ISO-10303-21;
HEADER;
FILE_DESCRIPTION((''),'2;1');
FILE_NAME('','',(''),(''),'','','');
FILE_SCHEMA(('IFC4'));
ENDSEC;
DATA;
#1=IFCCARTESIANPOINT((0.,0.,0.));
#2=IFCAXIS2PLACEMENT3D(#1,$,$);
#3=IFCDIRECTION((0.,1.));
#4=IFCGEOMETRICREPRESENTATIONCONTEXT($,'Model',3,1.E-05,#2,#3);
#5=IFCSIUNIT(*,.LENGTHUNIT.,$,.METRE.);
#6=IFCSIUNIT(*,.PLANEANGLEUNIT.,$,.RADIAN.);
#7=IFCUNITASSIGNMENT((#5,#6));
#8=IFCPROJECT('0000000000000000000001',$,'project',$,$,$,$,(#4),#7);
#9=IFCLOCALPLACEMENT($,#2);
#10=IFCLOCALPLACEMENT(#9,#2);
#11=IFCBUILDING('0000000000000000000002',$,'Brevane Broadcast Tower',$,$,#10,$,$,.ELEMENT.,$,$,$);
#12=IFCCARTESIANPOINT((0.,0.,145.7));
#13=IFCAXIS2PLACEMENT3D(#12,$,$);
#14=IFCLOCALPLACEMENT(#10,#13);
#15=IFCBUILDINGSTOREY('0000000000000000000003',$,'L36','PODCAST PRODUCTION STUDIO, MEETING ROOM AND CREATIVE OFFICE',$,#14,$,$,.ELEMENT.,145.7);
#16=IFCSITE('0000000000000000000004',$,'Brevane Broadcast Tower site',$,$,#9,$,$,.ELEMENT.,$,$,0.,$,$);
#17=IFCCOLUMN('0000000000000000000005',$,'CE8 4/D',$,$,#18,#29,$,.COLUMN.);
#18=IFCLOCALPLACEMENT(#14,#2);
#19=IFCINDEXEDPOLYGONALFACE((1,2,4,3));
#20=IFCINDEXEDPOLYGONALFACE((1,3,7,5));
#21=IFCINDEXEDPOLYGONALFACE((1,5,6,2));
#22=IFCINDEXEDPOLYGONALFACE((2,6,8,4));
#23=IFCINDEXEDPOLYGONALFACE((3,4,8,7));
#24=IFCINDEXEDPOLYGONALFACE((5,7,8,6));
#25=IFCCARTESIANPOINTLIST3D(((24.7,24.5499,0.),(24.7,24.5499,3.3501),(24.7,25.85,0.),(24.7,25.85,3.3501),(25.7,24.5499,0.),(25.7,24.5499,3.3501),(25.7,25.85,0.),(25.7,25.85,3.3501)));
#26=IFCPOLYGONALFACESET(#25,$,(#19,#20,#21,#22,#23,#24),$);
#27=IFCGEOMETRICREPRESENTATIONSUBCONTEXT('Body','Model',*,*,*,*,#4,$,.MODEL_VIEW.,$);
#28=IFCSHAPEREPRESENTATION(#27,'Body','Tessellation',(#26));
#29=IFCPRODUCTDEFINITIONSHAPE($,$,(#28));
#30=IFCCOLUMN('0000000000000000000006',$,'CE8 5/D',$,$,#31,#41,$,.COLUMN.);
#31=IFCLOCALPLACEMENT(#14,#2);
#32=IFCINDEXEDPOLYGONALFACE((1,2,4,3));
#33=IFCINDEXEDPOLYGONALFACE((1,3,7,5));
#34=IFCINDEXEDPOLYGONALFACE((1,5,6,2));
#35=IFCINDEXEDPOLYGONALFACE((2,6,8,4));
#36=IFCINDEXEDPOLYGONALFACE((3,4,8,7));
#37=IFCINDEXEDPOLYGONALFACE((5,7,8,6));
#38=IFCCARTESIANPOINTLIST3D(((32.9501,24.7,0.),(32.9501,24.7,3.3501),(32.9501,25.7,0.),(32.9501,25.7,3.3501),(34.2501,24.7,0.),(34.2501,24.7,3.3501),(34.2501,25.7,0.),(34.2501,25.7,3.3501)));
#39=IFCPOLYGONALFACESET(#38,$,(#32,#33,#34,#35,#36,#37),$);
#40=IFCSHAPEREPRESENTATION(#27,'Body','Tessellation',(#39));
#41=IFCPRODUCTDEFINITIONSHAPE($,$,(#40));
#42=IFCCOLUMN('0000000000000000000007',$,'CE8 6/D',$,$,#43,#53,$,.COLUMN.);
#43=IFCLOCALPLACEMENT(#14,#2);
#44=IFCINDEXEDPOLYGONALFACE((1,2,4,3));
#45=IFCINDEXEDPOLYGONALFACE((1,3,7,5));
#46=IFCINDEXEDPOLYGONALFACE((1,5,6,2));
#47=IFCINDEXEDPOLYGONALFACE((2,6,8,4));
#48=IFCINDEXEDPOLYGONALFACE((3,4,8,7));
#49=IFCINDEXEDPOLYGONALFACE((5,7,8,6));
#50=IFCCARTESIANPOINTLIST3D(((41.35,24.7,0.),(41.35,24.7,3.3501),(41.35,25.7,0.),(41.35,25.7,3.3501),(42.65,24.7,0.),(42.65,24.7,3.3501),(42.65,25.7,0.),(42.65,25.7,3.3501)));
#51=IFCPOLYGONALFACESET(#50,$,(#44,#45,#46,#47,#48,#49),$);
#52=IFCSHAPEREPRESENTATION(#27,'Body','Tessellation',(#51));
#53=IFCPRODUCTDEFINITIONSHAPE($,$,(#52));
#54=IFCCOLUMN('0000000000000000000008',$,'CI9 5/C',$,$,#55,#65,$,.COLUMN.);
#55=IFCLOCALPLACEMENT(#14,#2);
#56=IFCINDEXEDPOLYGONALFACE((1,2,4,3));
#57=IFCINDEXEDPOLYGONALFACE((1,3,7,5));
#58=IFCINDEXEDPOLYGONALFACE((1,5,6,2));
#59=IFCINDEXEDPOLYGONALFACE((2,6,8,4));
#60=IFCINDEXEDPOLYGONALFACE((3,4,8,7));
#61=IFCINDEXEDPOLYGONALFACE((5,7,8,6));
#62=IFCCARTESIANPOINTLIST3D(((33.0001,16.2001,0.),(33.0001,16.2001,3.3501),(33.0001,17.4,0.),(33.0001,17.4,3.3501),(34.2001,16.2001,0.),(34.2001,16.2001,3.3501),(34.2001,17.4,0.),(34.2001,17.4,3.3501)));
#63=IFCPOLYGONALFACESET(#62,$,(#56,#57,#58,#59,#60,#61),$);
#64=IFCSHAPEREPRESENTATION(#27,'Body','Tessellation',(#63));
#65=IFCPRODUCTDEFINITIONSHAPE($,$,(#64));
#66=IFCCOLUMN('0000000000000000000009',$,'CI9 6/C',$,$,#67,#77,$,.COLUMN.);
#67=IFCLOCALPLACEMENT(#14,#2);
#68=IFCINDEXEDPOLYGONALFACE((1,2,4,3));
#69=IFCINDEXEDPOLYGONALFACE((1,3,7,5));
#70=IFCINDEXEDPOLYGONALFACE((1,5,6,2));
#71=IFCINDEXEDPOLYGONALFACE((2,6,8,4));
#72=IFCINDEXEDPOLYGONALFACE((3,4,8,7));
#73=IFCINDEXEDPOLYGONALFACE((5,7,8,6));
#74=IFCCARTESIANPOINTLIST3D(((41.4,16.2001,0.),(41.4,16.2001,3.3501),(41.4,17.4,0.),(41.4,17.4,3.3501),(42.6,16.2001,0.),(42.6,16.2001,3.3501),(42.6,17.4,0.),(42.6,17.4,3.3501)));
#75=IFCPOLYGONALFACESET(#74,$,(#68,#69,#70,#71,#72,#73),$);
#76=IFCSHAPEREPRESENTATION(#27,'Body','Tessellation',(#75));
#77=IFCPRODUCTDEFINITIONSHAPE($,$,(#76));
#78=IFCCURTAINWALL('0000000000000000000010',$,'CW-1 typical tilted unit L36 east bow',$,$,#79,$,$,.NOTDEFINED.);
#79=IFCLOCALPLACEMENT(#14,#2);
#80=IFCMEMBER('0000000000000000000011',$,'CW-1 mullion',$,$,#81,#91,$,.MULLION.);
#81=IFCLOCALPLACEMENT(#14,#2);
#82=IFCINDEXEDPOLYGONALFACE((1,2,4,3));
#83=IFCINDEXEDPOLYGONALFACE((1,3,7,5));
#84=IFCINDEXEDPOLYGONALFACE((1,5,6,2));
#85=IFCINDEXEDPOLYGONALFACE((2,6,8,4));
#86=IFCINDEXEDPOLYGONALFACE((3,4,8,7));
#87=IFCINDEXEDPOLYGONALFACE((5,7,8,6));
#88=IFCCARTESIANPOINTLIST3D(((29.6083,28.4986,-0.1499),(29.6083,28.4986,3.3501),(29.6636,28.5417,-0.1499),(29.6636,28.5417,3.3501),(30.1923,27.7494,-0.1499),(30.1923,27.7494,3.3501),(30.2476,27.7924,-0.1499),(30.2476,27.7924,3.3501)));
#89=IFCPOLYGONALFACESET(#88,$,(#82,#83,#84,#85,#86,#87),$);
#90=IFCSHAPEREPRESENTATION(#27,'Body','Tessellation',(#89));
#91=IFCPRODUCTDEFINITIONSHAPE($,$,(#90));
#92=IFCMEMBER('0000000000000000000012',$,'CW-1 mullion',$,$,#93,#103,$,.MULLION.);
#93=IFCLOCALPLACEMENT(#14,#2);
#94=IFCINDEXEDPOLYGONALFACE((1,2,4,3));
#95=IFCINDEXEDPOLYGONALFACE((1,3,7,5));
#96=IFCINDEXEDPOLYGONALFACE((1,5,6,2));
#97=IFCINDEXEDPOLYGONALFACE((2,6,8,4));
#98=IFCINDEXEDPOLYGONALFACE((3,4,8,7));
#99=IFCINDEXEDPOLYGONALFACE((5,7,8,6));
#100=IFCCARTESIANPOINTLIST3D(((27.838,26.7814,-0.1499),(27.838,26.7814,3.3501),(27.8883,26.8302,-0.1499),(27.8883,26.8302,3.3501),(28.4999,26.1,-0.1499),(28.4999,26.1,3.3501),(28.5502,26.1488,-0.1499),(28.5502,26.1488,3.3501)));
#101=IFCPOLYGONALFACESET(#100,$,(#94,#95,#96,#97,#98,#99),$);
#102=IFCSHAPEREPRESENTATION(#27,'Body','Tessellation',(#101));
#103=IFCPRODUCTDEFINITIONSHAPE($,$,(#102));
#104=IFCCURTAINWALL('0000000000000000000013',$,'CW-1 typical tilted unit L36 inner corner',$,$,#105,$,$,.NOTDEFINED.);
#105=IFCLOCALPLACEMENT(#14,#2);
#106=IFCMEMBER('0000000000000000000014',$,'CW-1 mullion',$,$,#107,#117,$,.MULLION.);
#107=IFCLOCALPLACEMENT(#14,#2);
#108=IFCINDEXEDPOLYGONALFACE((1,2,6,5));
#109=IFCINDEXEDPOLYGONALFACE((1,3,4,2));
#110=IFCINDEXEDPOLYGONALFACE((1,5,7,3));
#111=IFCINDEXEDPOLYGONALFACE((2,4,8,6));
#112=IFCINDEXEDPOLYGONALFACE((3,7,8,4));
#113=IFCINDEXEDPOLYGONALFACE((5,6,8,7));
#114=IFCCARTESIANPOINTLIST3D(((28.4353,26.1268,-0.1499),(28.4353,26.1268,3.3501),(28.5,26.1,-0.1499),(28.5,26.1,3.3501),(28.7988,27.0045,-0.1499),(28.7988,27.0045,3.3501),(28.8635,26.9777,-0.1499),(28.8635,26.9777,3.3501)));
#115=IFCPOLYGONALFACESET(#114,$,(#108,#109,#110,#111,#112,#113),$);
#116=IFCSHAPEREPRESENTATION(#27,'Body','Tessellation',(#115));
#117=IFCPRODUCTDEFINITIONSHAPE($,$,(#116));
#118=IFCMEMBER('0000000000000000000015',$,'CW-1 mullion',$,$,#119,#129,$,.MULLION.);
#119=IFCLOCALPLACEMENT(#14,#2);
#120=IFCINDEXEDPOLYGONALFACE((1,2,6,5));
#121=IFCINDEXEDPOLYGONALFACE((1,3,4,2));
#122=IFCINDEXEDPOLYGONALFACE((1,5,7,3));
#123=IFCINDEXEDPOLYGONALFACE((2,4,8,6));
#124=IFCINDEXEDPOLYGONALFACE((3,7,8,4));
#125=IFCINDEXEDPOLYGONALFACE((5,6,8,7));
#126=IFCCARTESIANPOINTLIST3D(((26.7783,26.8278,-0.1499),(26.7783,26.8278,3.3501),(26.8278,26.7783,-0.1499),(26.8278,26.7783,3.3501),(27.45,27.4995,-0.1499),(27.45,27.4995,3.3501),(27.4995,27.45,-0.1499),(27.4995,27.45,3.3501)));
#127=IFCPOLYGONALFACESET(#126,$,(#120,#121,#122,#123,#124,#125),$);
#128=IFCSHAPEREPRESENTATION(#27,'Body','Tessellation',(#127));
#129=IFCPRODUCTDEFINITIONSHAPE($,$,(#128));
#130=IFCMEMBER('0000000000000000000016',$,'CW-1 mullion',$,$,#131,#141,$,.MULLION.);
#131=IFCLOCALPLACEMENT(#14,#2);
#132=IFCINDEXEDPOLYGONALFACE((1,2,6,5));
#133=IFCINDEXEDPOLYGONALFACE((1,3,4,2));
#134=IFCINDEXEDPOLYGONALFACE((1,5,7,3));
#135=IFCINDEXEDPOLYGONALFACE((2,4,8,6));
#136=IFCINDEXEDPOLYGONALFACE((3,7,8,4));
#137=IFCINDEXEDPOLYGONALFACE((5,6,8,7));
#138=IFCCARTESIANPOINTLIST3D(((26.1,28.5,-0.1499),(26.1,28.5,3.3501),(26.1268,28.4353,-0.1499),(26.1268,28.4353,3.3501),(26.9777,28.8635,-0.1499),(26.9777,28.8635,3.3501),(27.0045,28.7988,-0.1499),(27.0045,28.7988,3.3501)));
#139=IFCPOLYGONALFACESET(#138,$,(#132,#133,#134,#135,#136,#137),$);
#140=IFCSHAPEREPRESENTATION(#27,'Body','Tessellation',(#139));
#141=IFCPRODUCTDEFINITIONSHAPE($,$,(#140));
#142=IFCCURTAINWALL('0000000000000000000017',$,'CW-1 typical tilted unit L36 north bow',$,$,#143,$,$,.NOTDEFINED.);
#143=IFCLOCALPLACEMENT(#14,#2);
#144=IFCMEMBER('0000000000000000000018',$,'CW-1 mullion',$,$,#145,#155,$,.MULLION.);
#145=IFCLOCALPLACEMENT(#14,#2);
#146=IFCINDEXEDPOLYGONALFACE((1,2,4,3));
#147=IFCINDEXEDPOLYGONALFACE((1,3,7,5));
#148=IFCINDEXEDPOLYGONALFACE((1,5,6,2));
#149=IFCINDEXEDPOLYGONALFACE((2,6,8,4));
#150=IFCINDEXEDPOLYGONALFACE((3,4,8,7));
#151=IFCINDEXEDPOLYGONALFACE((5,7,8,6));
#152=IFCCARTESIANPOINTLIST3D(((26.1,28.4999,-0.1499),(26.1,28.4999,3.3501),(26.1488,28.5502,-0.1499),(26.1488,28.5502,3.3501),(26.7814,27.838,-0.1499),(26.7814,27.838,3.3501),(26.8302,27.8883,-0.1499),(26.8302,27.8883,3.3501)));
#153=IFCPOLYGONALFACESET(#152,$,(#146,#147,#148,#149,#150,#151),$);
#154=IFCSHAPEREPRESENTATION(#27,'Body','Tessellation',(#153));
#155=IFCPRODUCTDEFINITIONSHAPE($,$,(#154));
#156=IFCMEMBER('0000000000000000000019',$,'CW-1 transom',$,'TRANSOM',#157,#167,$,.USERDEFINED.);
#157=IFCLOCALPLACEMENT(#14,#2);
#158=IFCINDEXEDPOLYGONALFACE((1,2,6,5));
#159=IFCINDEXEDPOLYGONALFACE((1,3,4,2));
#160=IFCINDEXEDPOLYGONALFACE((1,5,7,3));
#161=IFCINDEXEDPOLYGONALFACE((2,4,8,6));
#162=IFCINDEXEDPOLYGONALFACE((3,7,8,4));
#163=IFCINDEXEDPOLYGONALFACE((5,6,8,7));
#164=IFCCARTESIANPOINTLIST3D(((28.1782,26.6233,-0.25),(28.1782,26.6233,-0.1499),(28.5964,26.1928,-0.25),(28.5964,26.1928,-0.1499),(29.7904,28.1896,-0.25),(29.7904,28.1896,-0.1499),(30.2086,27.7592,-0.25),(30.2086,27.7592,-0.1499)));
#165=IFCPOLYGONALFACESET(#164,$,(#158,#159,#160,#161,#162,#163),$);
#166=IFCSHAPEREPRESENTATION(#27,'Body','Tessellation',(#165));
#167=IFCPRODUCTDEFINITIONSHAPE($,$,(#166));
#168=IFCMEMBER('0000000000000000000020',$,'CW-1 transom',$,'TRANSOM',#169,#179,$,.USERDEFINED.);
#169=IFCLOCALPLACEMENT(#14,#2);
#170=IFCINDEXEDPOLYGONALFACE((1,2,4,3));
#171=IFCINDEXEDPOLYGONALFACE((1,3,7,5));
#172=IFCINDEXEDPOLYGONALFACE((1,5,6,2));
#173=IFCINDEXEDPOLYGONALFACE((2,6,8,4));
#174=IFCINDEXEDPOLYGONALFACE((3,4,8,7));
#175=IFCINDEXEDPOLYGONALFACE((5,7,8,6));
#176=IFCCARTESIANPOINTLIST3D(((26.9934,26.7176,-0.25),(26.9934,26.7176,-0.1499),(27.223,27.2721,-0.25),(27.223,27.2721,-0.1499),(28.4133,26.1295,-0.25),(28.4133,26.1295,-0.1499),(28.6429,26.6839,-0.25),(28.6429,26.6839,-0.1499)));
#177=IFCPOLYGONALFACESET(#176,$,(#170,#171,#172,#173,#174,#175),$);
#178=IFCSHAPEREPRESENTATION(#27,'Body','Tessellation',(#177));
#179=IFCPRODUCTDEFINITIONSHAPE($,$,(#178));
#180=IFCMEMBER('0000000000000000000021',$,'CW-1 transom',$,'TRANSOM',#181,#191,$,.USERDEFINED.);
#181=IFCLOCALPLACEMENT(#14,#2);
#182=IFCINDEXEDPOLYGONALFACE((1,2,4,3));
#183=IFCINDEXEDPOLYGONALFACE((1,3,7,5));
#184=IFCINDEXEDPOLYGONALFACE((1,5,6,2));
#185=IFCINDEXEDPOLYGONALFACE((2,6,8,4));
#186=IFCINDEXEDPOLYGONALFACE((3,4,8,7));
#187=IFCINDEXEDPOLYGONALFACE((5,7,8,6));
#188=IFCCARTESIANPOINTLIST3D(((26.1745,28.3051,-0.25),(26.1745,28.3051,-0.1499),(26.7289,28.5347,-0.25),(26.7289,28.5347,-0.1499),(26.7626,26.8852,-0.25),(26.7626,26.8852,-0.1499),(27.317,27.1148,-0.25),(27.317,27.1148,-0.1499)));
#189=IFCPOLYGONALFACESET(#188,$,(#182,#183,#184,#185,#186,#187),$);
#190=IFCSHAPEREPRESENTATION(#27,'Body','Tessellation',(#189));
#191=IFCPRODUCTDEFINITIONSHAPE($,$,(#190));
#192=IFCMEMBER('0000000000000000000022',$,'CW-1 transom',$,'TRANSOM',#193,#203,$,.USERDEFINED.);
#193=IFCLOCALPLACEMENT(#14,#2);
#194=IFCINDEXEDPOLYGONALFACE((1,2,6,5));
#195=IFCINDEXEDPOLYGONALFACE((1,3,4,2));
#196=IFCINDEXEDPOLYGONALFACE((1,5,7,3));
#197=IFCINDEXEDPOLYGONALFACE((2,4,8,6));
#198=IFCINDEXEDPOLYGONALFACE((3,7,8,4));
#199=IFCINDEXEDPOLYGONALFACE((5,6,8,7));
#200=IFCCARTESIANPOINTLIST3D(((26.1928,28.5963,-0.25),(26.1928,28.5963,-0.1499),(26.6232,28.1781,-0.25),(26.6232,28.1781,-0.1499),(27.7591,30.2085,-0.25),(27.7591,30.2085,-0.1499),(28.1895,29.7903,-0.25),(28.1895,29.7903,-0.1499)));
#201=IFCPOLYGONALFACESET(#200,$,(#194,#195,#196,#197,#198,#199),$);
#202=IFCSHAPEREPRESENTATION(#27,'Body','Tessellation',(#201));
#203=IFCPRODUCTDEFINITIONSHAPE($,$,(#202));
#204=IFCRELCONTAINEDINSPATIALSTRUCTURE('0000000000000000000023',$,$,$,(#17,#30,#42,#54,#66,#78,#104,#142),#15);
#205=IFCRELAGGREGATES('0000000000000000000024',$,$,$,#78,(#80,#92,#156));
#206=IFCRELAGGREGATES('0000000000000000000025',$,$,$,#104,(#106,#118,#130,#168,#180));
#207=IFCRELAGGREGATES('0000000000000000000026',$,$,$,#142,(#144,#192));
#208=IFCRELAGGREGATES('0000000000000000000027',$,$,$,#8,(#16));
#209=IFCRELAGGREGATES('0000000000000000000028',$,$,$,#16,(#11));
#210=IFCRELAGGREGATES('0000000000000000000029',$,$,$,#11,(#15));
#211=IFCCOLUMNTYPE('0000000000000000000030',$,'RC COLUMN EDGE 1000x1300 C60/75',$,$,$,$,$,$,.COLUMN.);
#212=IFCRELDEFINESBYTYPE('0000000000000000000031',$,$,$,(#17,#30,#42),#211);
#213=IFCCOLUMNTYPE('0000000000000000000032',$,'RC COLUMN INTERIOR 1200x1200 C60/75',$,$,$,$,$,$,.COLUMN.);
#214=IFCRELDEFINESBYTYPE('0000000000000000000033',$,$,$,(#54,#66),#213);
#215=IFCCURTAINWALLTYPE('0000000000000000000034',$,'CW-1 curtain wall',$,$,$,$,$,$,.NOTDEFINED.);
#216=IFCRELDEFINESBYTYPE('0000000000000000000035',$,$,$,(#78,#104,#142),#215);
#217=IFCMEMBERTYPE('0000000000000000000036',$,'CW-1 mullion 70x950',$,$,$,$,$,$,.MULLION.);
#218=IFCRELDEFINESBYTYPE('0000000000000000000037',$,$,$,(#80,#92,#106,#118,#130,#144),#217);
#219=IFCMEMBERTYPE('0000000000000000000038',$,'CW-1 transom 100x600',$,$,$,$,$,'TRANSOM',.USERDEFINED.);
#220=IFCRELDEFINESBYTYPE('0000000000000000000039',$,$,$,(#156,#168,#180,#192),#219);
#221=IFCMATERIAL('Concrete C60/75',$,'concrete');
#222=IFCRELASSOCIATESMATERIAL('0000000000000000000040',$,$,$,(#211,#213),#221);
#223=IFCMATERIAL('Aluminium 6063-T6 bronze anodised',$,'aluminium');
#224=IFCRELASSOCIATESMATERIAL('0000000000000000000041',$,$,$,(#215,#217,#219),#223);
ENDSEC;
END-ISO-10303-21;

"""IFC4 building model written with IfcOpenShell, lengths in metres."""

from ifc_helpers import new_model, si_unit, direction, frame, origin, origin_2d, place, context, subcontext, project, spatial, rectangle, extrude, material, material_profile, profile_set, type_object, element, aggregate, save


model = new_model("IFC4")

# Units and contexts
model_context = context("Model", 3, precision=1e-05, world=origin(), true_north=direction((0.0, 1.0)))
body_context = subcontext(model_context, "Body", "Model", "MODEL_VIEW")
ifc_project = project(units=[si_unit("LENGTHUNIT", "METRE"), si_unit("PLANEANGLEUNIT", "RADIAN")], contexts=[model_context])

# Site, building, storey
site_placement = place(None, origin())
site = spatial("IfcSite", under=ifc_project, at=site_placement, Name="Brevane Broadcast Tower site", CompositionType="ELEMENT", RefElevation=0.0)
building_placement = place(site_placement, origin())
building = spatial("IfcBuilding", under=site, at=building_placement, Name="Brevane Broadcast Tower", CompositionType="ELEMENT")
storey_placement = place(building_placement, frame((0.0, 0.0, 145.7)))
storey = spatial("IfcBuildingStorey", under=building, at=storey_placement, Name="L36", Description="PODCAST PRODUCTION STUDIO, MEETING ROOM AND CREATIVE OFFICE", CompositionType="ELEMENT", Elevation=145.7)

# Columns
ifc_material_1 = material(Name="Concrete C60/75", Category="concrete")
ifc_material_profile_1 = material_profile(ifc_material_1, rectangle(XDim=1.0, YDim=1.3, at=origin_2d()), Name="RC 1000x1300")
ifc_profile_set_1 = profile_set([ifc_material_profile_1], Name="Concrete C60/75")
column_type_1 = type_object("IfcColumnType", Name="RC COLUMN EDGE 1000x1300 C60/75", PredefinedType="COLUMN", material=ifc_profile_set_1)
for number, where, z_axis, x_axis, name in (
    (1, (25.2, 25.2, 0.0), (0.0, 0.0, 1.0), (1.0, 0.0, 0.0), "CE8 4/D"),
    (2, (33.6001, 25.2, 0.0), (0.0, 0.0, 1.0), (0.0, 1.0, 0.0), "CE8 5/D"),
    (3, (42.0, 25.2, 0.0), (0.0, 0.0, 1.0), (0.0, 1.0, 0.0), "CE8 6/D"),
):
    element("IfcColumn", number, at=place(storey_placement, frame(where, z_axis=z_axis, x_axis=x_axis)), inside=storey, type_object=column_type_1, Name=name, PredefinedType="COLUMN", context=body_context, shape_type="SweptSolid", body=[
        extrude(rectangle(XDim=1.0, YDim=1.3, at=origin_2d()), origin(), (0.0, 0.0, 1.0), 3.3501),
    ])
ifc_material_profile_2 = material_profile(ifc_material_1, rectangle(XDim=1.2, YDim=1.2, at=origin_2d()), Name="RC 1200x1200")
ifc_profile_set_2 = profile_set([ifc_material_profile_2], Name="Concrete C60/75")
column_type_2 = type_object("IfcColumnType", Name="RC COLUMN INTERIOR 1200x1200 C60/75", PredefinedType="COLUMN", material=ifc_profile_set_2)
for number, where, z_axis, x_axis, name in (
    (4, (33.6001, 16.8, 0.0), (0.0, 0.0, 1.0), (1.0, 0.0, 0.0), "CI9 5/C"),
    (5, (42.0, 16.8, 0.0), (0.0, 0.0, 1.0), (1.0, 0.0, 0.0), "CI9 6/C"),
):
    element("IfcColumn", number, at=place(storey_placement, frame(where, z_axis=z_axis, x_axis=x_axis)), inside=storey, type_object=column_type_2, Name=name, PredefinedType="COLUMN", context=body_context, shape_type="SweptSolid", body=[
        extrude(rectangle(XDim=1.2, YDim=1.2, at=origin_2d()), origin(), (0.0, 0.0, 1.0), 3.3501),
    ])

# Curtain walls, members
ifc_material_2 = material(Name="Aluminium 6063-T6 bronze anodised", Category="aluminium")
curtain_wall_type = type_object("IfcCurtainWallType", Name="CW-1 curtain wall", PredefinedType="NOTDEFINED", material=ifc_material_2)
curtain_wall_1_placement = place(storey_placement, origin())
curtain_wall_1 = element("IfcCurtainWall", 6, at=curtain_wall_1_placement, inside=storey, type_object=curtain_wall_type, Name="CW-1 typical tilted unit L36 east bow", PredefinedType="NOTDEFINED")
ifc_material_profile_3 = material_profile(ifc_material_2, rectangle(XDim=0.95, YDim=0.0701, at=origin_2d()), Name="RECT 70x950")
ifc_profile_set_3 = profile_set([ifc_material_profile_3], Name="Aluminium 6063-T6 bronze anodised")
member_type_1 = type_object("IfcMemberType", Name="CW-1 mullion 70x950", PredefinedType="MULLION", material=ifc_profile_set_3)
member_1_placement = place(storey_placement, frame((29.928, 28.1455, -0.1499), z_axis=(0.0, 0.0, 1.0), x_axis=(0.61477, -0.788707, 0.0)))
member_1 = element("IfcMember", 7, at=member_1_placement, type_object=member_type_1, Name="CW-1 mullion", PredefinedType="MULLION", context=body_context, shape_type="SweptSolid", body=[
    extrude(rectangle(XDim=0.95, YDim=0.0701, at=origin_2d()), origin(), (0.0, 0.0, 1.0), 3.5),
])
member_2_placement = place(storey_placement, frame((28.1941, 26.4651, -0.1499), z_axis=(0.0, 0.0, 1.0), x_axis=(0.696812, -0.717254, 0.0)))
member_2 = element("IfcMember", 8, at=member_2_placement, type_object=member_type_1, Name="CW-1 mullion", PredefinedType="MULLION", context=body_context, shape_type="SweptSolid", body=[
    extrude(rectangle(XDim=0.95, YDim=0.0701, at=origin_2d()), origin(), (0.0, 0.0, 1.0), 3.5),
])
curtain_wall_2_placement = place(storey_placement, origin())
curtain_wall_2 = element("IfcCurtainWall", 9, at=curtain_wall_2_placement, inside=storey, type_object=curtain_wall_type, Name="CW-1 typical tilted unit L36 inner corner", PredefinedType="NOTDEFINED")
member_3_placement = place(storey_placement, frame((28.6494, 26.5522, -0.1499), z_axis=(0.0, 0.0, 1.0), x_axis=(-0.382684, -0.923879, 0.0)))
member_3 = element("IfcMember", 10, at=member_3_placement, type_object=member_type_1, Name="CW-1 mullion", PredefinedType="MULLION", context=body_context, shape_type="SweptSolid", body=[
    extrude(rectangle(XDim=0.95, YDim=0.0701, at=origin_2d()), origin(), (0.0, 0.0, 1.0), 3.5),
])
member_4_placement = place(storey_placement, frame((27.1389, 27.1389, -0.1499), z_axis=(0.0, 0.0, 1.0), x_axis=(-0.707107, -0.707107, 0.0)))
member_4 = element("IfcMember", 11, at=member_4_placement, type_object=member_type_1, Name="CW-1 mullion", PredefinedType="MULLION", context=body_context, shape_type="SweptSolid", body=[
    extrude(rectangle(XDim=0.95, YDim=0.0701, at=origin_2d()), origin(), (0.0, 0.0, 1.0), 3.5),
])
member_5_placement = place(storey_placement, frame((26.5522, 28.6494, -0.1499), z_axis=(0.0, 0.0, 1.0), x_axis=(-0.923879, -0.382684, 0.0)))
member_5 = element("IfcMember", 12, at=member_5_placement, type_object=member_type_1, Name="CW-1 mullion", PredefinedType="MULLION", context=body_context, shape_type="SweptSolid", body=[
    extrude(rectangle(XDim=0.95, YDim=0.0701, at=origin_2d()), origin(), (0.0, 0.0, 1.0), 3.5),
])

# Curtain wall, member
curtain_wall_3_placement = place(storey_placement, origin())
curtain_wall_3 = element("IfcCurtainWall", 13, at=curtain_wall_3_placement, inside=storey, type_object=curtain_wall_type, Name="CW-1 typical tilted unit L36 north bow", PredefinedType="NOTDEFINED")
member_6_placement = place(storey_placement, frame((26.4651, 28.1941, -0.1499), z_axis=(0.0, 0.0, 1.0), x_axis=(-0.717254, 0.696812, 0.0)))
member_6 = element("IfcMember", 14, at=member_6_placement, type_object=member_type_1, Name="CW-1 mullion", PredefinedType="MULLION", context=body_context, shape_type="SweptSolid", body=[
    extrude(rectangle(XDim=0.95, YDim=0.0701, at=origin_2d()), origin(), (0.0, 0.0, 1.0), 3.5),
])

# Members
ifc_material_profile_4 = material_profile(ifc_material_2, rectangle(XDim=0.6001, YDim=0.1001, at=origin_2d()), Name="RECT 100x600")
ifc_profile_set_4 = profile_set([ifc_material_profile_4], Name="Aluminium 6063-T6 bronze anodised")
member_type_2 = type_object("IfcMemberType", Name="CW-1 transom 100x600", ElementType="TRANSOM", PredefinedType="USERDEFINED", material=ifc_profile_set_4)
member_7_placement = place(storey_placement, frame((29.9995, 27.9744, -0.2), z_axis=(-0.717242, -0.696824, 0.0), x_axis=(0.696824, -0.717242, 0.0)))
member_7 = element("IfcMember", 15, at=member_7_placement, type_object=member_type_2, Name="CW-1 transom", ObjectType="TRANSOM", PredefinedType="USERDEFINED", context=body_context, shape_type="SweptSolid", body=[
    extrude(rectangle(XDim=0.6001, YDim=0.1001, at=origin_2d()), origin(), (0.0, 0.0, 1.0), 2.2478),
])
aggregate(curtain_wall_1, [member_1, member_2, member_7])
member_8_placement = place(storey_placement, frame((28.5281, 26.4067, -0.2), z_axis=(-0.923883, 0.382674, 0.0), x_axis=(-0.382674, -0.923883, 0.0)))
member_8 = element("IfcMember", 16, at=member_8_placement, type_object=member_type_2, Name="CW-1 transom", ObjectType="TRANSOM", PredefinedType="USERDEFINED", context=body_context, shape_type="SweptSolid", body=[
    extrude(rectangle(XDim=0.6001, YDim=0.1001, at=origin_2d()), origin(), (0.0, 0.0, 1.0), 1.5369),
])
member_9_placement = place(storey_placement, frame((27.0398, 27.0, -0.2), z_axis=(-0.382674, 0.923883, 0.0), x_axis=(-0.923883, -0.382674, 0.0)))
member_9 = element("IfcMember", 17, at=member_9_placement, type_object=member_type_2, Name="CW-1 transom", ObjectType="TRANSOM", PredefinedType="USERDEFINED", context=body_context, shape_type="SweptSolid", body=[
    extrude(rectangle(XDim=0.6001, YDim=0.1001, at=origin_2d()), origin(), (0.0, 0.0, 1.0), 1.5369),
])
aggregate(curtain_wall_2, [member_3, member_4, member_5, member_8, member_9])
member_10_placement = place(storey_placement, frame((26.408, 28.3872, -0.2), z_axis=(0.696824, 0.717242, 0.0), x_axis=(-0.717242, 0.696824, 0.0)))
member_10 = element("IfcMember", 18, at=member_10_placement, type_object=member_type_2, Name="CW-1 transom", ObjectType="TRANSOM", PredefinedType="USERDEFINED", context=body_context, shape_type="SweptSolid", body=[
    extrude(rectangle(XDim=0.6001, YDim=0.1001, at=origin_2d()), origin(), (0.0, 0.0, 1.0), 2.2478),
])
aggregate(curtain_wall_3, [member_6, member_10])

save(model, "model.ifc")
